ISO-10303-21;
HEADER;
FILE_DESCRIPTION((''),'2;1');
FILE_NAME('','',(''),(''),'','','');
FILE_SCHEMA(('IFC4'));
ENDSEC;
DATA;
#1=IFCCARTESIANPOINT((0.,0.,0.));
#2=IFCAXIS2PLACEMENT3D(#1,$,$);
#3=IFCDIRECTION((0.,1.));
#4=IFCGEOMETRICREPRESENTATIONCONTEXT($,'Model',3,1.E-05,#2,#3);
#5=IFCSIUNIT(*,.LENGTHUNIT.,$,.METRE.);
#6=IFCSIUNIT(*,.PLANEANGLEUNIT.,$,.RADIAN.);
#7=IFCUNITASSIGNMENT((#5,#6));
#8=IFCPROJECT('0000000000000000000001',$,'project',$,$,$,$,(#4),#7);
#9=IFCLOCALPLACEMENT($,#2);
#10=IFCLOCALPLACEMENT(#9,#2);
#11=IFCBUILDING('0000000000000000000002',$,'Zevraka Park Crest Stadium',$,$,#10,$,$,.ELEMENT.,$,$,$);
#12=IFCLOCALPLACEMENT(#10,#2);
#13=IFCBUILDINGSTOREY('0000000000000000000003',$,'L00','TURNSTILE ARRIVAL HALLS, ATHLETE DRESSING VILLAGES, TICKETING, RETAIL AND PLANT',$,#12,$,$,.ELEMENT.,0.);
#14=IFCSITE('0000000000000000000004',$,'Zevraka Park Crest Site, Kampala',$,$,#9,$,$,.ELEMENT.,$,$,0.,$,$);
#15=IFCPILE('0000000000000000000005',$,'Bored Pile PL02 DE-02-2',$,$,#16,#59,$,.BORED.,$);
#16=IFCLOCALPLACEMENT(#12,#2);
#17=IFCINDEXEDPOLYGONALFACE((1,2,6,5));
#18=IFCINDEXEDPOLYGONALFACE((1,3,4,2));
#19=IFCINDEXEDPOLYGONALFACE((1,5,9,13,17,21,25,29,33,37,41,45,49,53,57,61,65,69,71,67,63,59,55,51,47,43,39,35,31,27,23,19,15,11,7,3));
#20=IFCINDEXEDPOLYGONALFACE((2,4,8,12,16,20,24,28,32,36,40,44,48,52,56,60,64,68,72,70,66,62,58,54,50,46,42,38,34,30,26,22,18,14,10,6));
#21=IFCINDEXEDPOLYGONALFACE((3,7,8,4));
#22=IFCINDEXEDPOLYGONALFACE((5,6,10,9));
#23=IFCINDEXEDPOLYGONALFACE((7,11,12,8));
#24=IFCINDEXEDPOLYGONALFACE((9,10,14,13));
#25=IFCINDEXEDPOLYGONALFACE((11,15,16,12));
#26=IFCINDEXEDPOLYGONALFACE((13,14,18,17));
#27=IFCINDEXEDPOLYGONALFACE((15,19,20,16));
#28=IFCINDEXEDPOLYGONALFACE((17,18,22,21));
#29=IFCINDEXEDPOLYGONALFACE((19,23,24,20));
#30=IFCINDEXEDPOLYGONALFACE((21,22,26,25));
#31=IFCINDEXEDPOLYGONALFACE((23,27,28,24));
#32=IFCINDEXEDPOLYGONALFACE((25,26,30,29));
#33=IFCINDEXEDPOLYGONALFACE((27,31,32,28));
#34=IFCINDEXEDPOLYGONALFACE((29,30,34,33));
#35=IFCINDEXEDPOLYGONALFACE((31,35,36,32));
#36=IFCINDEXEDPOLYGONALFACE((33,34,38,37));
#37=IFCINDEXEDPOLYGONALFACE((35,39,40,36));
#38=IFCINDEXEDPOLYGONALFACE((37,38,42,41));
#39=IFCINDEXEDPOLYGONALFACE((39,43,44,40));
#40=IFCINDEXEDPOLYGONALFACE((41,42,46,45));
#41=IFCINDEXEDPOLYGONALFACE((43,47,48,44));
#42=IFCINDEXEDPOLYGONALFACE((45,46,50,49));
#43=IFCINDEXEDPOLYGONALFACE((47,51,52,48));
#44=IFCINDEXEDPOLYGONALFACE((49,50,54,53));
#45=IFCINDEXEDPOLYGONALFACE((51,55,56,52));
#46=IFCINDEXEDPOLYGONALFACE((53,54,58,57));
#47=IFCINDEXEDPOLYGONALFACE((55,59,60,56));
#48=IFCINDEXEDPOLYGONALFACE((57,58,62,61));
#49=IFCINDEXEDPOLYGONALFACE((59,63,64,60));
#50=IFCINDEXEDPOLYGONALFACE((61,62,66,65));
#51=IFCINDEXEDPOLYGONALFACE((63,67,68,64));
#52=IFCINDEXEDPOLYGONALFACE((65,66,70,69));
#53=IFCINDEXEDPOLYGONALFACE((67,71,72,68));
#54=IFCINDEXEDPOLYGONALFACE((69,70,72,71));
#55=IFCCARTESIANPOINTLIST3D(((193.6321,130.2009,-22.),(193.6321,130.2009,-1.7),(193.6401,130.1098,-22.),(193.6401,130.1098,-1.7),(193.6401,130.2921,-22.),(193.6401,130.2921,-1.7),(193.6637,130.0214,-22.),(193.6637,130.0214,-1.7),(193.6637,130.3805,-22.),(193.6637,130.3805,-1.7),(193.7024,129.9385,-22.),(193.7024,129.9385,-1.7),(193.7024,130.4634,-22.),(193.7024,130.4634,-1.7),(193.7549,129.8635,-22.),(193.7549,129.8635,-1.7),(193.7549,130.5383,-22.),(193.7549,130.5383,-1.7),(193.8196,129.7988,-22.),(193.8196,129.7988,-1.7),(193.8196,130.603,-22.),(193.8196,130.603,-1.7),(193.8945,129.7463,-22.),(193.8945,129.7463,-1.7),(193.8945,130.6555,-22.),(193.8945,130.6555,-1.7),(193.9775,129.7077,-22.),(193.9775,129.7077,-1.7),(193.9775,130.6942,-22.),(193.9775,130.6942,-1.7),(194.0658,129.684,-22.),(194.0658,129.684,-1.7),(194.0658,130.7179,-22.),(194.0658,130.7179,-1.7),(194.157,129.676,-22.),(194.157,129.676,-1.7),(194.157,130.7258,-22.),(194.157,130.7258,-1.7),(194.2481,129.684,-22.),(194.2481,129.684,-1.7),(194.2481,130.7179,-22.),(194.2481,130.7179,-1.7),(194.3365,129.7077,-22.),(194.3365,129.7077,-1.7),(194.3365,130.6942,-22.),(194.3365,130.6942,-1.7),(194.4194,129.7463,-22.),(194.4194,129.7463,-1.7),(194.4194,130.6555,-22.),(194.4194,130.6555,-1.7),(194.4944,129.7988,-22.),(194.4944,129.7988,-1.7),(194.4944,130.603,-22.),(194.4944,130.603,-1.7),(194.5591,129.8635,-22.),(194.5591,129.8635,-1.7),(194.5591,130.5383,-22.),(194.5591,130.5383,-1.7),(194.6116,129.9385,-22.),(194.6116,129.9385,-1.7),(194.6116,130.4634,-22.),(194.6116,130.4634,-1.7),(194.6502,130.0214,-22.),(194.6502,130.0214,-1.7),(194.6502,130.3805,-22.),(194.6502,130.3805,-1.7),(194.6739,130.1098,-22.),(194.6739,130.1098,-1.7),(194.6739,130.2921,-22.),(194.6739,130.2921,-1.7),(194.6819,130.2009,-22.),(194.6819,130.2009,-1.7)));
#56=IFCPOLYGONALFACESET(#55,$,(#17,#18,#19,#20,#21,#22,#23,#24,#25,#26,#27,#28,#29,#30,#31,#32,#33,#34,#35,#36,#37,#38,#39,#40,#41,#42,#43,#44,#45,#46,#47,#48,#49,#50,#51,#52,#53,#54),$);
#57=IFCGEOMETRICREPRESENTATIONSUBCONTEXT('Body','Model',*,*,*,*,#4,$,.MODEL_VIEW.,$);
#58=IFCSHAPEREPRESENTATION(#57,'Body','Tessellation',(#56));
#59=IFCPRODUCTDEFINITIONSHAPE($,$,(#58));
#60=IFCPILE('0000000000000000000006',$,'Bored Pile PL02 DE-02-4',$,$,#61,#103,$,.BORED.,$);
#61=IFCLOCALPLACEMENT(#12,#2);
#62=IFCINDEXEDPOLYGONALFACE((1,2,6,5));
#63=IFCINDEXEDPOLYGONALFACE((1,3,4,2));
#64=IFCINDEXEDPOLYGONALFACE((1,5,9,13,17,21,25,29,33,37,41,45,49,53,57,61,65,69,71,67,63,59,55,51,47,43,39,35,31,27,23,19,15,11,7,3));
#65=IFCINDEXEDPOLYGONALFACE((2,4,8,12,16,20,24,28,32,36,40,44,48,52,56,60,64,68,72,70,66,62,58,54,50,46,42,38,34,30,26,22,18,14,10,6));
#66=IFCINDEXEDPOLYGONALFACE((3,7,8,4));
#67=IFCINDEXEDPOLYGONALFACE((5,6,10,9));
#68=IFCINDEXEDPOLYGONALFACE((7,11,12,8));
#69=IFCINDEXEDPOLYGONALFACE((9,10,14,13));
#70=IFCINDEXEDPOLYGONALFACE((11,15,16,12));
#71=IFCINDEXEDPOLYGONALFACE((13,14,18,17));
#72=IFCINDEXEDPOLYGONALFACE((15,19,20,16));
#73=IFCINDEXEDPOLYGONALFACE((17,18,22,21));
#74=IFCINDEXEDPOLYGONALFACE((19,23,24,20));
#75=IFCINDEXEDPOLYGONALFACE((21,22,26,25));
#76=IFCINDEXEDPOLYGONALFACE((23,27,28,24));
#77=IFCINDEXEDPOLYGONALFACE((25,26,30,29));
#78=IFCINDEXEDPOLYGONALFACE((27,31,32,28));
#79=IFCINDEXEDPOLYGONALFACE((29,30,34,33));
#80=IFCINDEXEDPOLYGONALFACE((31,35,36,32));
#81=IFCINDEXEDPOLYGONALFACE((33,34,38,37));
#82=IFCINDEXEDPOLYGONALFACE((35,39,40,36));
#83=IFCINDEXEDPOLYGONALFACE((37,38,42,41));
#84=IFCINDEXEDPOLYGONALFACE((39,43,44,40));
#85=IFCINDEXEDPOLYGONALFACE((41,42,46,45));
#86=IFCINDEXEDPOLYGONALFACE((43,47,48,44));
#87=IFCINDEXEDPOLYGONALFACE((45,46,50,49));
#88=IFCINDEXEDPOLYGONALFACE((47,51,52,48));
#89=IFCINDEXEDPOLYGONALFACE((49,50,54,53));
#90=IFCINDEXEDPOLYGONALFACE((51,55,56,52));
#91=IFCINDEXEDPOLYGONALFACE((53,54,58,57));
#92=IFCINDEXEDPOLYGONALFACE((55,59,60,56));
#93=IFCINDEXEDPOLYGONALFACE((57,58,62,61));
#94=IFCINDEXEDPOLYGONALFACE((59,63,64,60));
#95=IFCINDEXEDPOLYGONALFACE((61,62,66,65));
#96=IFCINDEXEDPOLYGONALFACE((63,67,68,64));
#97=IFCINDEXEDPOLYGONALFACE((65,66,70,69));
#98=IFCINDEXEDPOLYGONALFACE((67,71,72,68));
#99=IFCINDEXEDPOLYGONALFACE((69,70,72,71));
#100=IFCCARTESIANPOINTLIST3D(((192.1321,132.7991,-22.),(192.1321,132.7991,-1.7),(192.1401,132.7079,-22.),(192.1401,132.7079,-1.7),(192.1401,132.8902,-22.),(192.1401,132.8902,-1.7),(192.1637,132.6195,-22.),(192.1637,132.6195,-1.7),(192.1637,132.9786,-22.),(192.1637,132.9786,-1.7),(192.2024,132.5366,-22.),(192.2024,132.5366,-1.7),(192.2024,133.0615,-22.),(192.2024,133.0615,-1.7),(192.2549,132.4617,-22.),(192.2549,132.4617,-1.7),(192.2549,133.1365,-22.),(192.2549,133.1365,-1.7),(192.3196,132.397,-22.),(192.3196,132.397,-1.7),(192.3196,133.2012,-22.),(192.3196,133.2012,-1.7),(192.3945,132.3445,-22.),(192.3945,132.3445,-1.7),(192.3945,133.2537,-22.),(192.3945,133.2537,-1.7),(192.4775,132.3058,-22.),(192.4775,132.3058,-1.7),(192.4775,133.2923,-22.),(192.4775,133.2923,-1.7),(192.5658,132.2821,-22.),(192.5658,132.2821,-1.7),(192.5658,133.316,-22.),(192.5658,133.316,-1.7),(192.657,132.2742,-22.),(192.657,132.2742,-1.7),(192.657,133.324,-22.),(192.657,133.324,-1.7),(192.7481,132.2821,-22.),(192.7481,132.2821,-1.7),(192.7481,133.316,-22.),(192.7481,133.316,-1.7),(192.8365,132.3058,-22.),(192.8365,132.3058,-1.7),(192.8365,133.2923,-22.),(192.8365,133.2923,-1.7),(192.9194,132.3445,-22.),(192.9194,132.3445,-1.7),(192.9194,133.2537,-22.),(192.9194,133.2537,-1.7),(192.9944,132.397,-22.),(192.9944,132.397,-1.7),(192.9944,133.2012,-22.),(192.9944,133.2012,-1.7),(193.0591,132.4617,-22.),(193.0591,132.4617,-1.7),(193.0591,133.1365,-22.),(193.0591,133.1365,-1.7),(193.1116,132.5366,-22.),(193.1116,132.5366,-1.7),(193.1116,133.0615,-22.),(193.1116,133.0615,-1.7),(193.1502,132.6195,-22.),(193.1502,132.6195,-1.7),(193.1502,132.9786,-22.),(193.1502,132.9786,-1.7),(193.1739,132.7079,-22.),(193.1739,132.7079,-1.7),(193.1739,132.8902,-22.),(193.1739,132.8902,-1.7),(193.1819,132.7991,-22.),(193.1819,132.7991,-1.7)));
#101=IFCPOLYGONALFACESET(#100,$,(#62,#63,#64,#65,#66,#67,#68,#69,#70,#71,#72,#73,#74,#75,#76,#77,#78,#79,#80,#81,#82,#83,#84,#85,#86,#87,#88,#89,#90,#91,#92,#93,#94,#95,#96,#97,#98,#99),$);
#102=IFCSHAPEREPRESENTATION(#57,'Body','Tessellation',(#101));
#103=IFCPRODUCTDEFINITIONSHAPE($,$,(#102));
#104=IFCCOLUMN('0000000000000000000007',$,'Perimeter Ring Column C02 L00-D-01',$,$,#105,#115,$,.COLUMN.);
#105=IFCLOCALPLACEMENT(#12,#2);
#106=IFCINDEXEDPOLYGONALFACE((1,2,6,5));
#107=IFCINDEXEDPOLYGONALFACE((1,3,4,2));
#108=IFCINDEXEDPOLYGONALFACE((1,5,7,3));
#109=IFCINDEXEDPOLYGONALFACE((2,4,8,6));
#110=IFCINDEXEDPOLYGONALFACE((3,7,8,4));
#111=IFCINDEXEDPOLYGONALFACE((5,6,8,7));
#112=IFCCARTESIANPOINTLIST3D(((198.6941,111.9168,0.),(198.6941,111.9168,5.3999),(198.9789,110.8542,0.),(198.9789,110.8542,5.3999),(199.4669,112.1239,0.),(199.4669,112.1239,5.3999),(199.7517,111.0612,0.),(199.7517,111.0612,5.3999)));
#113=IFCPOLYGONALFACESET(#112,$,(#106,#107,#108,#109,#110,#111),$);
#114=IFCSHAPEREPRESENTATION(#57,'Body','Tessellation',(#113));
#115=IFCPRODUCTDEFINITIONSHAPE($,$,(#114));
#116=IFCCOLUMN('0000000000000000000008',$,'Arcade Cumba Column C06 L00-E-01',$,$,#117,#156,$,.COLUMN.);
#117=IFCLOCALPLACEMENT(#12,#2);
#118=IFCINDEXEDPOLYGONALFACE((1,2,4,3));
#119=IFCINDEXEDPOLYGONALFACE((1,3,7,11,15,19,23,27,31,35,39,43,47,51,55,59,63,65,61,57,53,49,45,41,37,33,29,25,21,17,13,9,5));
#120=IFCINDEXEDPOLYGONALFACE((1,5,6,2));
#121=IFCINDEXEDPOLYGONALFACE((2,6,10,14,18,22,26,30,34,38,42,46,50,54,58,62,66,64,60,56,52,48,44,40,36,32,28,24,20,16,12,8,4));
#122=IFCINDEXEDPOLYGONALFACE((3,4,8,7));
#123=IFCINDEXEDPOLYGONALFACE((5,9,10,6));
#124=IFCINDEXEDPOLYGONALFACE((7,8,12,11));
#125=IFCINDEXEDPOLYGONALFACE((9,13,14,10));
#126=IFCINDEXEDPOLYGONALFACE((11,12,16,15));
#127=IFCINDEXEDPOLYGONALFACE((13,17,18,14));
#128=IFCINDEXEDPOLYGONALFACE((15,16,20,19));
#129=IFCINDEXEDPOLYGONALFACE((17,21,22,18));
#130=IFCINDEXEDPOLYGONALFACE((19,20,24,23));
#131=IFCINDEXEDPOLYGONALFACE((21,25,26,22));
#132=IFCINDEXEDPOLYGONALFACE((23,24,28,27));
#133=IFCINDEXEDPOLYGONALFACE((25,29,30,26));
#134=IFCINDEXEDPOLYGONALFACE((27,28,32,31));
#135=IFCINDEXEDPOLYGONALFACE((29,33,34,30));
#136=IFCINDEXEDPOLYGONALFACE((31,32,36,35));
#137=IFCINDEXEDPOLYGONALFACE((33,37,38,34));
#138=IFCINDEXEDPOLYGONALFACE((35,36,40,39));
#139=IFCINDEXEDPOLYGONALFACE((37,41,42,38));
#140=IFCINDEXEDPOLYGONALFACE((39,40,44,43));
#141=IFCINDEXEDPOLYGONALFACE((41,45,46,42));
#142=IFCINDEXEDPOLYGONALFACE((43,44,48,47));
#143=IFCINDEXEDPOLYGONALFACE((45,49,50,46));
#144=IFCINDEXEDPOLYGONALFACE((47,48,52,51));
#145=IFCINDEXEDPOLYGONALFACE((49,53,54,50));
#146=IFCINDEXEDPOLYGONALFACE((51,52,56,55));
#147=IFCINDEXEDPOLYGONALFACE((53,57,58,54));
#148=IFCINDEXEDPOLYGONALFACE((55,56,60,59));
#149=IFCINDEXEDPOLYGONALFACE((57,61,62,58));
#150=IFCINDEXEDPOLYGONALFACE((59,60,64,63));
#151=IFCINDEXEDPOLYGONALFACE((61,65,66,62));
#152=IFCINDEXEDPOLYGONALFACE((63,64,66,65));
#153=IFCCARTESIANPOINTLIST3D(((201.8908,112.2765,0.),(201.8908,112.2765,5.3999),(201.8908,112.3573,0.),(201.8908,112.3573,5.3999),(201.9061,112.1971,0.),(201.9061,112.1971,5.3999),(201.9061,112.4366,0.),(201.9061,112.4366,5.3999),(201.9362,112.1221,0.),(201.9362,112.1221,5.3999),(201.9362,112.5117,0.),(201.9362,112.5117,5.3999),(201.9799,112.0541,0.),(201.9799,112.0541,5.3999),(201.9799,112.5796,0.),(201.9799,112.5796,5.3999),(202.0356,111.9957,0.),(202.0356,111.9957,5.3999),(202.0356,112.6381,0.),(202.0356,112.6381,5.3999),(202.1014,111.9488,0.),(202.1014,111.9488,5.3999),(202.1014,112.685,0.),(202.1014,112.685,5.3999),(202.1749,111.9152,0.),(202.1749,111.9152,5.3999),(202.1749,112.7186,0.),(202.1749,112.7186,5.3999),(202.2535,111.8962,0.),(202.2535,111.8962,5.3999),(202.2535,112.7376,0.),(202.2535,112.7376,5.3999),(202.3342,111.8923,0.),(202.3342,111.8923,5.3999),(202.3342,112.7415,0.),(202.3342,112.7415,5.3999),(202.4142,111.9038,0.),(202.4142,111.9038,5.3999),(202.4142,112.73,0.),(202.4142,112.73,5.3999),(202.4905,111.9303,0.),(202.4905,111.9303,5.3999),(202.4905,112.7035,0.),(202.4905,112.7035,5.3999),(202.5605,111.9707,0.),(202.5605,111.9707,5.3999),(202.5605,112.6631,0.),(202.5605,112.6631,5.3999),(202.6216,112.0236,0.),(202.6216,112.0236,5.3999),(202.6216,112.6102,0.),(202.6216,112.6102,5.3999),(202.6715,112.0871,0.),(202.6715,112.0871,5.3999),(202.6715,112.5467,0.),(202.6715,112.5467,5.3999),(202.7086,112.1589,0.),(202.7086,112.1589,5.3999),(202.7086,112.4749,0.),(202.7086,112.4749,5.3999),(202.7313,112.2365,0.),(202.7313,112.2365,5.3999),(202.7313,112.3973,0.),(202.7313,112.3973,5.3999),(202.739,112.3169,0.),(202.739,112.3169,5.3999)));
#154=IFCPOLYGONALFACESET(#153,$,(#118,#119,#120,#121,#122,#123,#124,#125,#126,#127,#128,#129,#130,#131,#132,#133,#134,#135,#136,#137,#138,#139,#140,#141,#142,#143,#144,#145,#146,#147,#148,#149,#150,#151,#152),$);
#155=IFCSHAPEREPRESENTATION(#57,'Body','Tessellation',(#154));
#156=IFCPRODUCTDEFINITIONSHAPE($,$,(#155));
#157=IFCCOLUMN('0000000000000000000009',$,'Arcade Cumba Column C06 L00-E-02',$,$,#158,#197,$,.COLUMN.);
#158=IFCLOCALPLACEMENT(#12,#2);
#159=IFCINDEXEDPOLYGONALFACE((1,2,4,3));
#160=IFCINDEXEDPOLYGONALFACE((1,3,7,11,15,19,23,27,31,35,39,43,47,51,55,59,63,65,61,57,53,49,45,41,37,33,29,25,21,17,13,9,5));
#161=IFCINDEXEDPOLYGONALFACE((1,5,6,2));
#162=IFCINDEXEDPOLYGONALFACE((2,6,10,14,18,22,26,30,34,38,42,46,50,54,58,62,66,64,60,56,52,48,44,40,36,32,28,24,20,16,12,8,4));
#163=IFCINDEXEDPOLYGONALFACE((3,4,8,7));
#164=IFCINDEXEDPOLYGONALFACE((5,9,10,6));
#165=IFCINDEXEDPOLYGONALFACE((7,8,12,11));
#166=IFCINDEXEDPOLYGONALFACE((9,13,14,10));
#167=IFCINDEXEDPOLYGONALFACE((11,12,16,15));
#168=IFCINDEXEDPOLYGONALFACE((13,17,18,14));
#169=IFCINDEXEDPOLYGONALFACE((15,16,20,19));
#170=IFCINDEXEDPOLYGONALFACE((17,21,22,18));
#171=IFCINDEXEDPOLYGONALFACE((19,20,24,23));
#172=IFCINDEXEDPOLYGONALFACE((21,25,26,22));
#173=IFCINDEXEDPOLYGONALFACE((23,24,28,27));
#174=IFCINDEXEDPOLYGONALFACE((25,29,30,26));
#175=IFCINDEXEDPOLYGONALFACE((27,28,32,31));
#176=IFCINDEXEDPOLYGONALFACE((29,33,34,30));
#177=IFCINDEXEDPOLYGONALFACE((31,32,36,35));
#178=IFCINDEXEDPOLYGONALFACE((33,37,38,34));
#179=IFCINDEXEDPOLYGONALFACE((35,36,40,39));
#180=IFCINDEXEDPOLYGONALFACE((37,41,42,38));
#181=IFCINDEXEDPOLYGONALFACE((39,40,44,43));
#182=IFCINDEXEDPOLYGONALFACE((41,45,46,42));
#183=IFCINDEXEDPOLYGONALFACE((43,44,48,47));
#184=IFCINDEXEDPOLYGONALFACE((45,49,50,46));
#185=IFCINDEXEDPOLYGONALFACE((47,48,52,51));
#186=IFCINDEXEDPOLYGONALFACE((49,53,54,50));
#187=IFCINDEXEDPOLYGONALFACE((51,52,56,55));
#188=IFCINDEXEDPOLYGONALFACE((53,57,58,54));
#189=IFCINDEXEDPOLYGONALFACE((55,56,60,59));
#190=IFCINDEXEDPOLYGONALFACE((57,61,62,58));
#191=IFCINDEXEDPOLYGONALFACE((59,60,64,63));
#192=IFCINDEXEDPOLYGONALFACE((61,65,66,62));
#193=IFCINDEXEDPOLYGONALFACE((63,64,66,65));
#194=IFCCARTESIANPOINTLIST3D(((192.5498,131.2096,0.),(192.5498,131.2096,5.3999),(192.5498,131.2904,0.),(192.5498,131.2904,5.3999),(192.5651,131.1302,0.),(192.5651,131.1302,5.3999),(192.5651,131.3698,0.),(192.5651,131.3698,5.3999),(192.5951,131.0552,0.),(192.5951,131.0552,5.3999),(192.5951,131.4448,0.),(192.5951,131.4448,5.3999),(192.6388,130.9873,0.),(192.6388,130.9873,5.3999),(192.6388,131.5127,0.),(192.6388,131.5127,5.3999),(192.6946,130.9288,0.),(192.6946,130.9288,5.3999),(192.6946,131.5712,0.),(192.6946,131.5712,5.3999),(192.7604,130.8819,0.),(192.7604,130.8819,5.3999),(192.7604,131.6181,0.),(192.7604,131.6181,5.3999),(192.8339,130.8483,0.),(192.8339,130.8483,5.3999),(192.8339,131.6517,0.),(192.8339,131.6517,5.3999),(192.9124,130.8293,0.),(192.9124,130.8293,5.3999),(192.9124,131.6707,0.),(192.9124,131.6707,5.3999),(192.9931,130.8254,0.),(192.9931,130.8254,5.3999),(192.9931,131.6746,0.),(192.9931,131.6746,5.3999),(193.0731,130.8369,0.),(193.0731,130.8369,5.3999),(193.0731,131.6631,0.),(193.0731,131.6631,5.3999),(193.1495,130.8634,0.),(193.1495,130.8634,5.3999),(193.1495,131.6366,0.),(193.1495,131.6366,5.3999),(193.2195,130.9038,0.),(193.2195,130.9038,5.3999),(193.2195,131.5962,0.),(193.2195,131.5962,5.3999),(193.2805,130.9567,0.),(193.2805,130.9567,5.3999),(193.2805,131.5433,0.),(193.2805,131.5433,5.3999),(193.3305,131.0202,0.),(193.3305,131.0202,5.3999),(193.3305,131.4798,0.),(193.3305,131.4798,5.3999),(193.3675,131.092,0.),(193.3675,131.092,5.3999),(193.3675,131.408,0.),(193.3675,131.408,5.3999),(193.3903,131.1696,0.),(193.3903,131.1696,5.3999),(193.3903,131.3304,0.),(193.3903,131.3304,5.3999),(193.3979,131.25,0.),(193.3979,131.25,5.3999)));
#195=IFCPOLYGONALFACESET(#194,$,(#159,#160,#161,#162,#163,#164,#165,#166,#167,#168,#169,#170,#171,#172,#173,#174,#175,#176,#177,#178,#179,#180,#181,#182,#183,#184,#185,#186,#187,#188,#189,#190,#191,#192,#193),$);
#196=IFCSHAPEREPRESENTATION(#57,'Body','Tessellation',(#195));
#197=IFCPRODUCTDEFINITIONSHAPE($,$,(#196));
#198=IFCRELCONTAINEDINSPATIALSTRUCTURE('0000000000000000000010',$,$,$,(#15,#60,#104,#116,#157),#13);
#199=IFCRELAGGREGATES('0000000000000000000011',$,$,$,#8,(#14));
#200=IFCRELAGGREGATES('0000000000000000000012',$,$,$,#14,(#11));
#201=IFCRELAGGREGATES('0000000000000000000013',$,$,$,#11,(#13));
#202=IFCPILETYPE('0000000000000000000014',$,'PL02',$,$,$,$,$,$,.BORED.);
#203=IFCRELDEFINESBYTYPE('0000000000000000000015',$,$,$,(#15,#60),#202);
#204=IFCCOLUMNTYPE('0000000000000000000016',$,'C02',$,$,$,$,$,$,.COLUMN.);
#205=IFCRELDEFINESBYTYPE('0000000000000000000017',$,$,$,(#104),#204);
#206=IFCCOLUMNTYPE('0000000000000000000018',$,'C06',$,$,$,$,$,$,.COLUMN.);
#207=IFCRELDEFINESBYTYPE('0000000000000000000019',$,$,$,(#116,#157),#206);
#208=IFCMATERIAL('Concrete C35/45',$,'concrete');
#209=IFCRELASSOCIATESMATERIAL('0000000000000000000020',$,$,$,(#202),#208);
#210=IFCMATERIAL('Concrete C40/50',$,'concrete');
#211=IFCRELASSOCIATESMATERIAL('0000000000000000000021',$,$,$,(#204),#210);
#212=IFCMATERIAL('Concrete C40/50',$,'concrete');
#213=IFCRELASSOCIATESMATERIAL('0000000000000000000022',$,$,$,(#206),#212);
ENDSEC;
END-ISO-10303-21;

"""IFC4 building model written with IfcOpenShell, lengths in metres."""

from ifc_helpers import new_model, si_unit, direction, frame, origin, origin_2d, place, context, subcontext, project, spatial, rectangle, circle, extrude, material, material_profile, profile_set, type_object, element, save


model = new_model("IFC4")

# Units and contexts
model_context = context("Model", 3, precision=1e-05, world=origin(), true_north=direction((0.0, 1.0)))
body_context = subcontext(model_context, "Body", "Model", "MODEL_VIEW")
ifc_project = project(units=[si_unit("LENGTHUNIT", "METRE"), si_unit("PLANEANGLEUNIT", "RADIAN")], contexts=[model_context])

# Site, building, storey
site_placement = place(None, origin())
site = spatial("IfcSite", under=ifc_project, at=site_placement, Name="Zevraka Park Crest Site, Kampala", CompositionType="ELEMENT", RefElevation=0.0)
building_placement = place(site_placement, origin())
building = spatial("IfcBuilding", under=site, at=building_placement, Name="Zevraka Park Crest Stadium", CompositionType="ELEMENT")
storey_placement = place(building_placement, origin())
storey = spatial("IfcBuildingStorey", under=building, at=storey_placement, Name="L00", Description="TURNSTILE ARRIVAL HALLS, ATHLETE DRESSING VILLAGES, TICKETING, RETAIL AND PLANT", CompositionType="ELEMENT", Elevation=0.0)

# Piles
ifc_material_1 = material(Name="Concrete C35/45", Category="concrete")
ifc_material_profile_1 = material_profile(ifc_material_1, circle(Radius=0.5249, at=origin_2d()), Name="PILE D1050")
ifc_profile_set_1 = profile_set([ifc_material_profile_1], Name="Concrete C35/45")
pile_type = type_object("IfcPileType", Name="PL02", PredefinedType="BORED", material=ifc_profile_set_1)
for number, where, z_axis, x_axis, name in (
    (1, (194.157, 130.2009, -1.7), (0.0, 0.0, -1.0), (1.0, 0.0, 0.0), "Bored Pile PL02 DE-02-2"),
    (2, (192.657, 132.7991, -1.7), (0.0, 0.0, -1.0), (1.0, 0.0, 0.0), "Bored Pile PL02 DE-02-4"),
):
    element("IfcPile", number, at=place(storey_placement, frame(where, z_axis=z_axis, x_axis=x_axis)), inside=storey, type_object=pile_type, Name=name, PredefinedType="BORED", context=body_context, shape_type="SweptSolid", body=[
        extrude(circle(Radius=0.5249, at=origin_2d()), origin(), (0.0, 0.0, 1.0), 20.3),
    ])

# Columns
ifc_material_2 = material(Name="Concrete C40/50", Category="concrete")
ifc_material_profile_2 = material_profile(ifc_material_2, rectangle(XDim=0.8, YDim=1.1001, at=origin_2d()), Name="RC 1100x800")
ifc_profile_set_2 = profile_set([ifc_material_profile_2], Name="Concrete C40/50")
column_type_1 = type_object("IfcColumnType", Name="C02", PredefinedType="COLUMN", material=ifc_profile_set_2)
column_placement = place(storey_placement, frame((199.2229, 111.489, 0.0), z_axis=(0.0, 0.0, 1.0), x_axis=(0.965926, 0.258819, 0.0)))
element("IfcColumn", 3, at=column_placement, inside=storey, type_object=column_type_1, Name="Perimeter Ring Column C02 L00-D-01", PredefinedType="COLUMN", context=body_context, shape_type="SweptSolid", body=[
    extrude(rectangle(XDim=0.8, YDim=1.1001, at=origin_2d()), origin(), (0.0, 0.0, 1.0), 5.3999),
])
ifc_material_3 = material(Name="Concrete C40/50", Category="concrete")
ifc_material_profile_3 = material_profile(ifc_material_3, circle(Radius=0.425, at=origin_2d()), Name="RC D850")
ifc_profile_set_3 = profile_set([ifc_material_profile_3], Name="Concrete C40/50")
column_type_2 = type_object("IfcColumnType", Name="C06", PredefinedType="COLUMN", material=ifc_profile_set_3)
for number, where, z_axis, x_axis, name in (
    (4, (202.314, 112.3169, 0.0), (0.0, 0.0, 1.0), (1.0, 0.0, 0.0), "Arcade Cumba Column C06 L00-E-01"),
    (5, (192.9729, 131.25, 0.0), (0.0, 0.0, 1.0), (1.0, 0.0, 0.0), "Arcade Cumba Column C06 L00-E-02"),
):
    element("IfcColumn", number, at=place(storey_placement, frame(where, z_axis=z_axis, x_axis=x_axis)), inside=storey, type_object=column_type_2, Name=name, PredefinedType="COLUMN", context=body_context, shape_type="SweptSolid", body=[
        extrude(circle(Radius=0.425, at=origin_2d()), origin(), (0.0, 0.0, 1.0), 5.3999),
    ])

save(model, "model.ifc")
